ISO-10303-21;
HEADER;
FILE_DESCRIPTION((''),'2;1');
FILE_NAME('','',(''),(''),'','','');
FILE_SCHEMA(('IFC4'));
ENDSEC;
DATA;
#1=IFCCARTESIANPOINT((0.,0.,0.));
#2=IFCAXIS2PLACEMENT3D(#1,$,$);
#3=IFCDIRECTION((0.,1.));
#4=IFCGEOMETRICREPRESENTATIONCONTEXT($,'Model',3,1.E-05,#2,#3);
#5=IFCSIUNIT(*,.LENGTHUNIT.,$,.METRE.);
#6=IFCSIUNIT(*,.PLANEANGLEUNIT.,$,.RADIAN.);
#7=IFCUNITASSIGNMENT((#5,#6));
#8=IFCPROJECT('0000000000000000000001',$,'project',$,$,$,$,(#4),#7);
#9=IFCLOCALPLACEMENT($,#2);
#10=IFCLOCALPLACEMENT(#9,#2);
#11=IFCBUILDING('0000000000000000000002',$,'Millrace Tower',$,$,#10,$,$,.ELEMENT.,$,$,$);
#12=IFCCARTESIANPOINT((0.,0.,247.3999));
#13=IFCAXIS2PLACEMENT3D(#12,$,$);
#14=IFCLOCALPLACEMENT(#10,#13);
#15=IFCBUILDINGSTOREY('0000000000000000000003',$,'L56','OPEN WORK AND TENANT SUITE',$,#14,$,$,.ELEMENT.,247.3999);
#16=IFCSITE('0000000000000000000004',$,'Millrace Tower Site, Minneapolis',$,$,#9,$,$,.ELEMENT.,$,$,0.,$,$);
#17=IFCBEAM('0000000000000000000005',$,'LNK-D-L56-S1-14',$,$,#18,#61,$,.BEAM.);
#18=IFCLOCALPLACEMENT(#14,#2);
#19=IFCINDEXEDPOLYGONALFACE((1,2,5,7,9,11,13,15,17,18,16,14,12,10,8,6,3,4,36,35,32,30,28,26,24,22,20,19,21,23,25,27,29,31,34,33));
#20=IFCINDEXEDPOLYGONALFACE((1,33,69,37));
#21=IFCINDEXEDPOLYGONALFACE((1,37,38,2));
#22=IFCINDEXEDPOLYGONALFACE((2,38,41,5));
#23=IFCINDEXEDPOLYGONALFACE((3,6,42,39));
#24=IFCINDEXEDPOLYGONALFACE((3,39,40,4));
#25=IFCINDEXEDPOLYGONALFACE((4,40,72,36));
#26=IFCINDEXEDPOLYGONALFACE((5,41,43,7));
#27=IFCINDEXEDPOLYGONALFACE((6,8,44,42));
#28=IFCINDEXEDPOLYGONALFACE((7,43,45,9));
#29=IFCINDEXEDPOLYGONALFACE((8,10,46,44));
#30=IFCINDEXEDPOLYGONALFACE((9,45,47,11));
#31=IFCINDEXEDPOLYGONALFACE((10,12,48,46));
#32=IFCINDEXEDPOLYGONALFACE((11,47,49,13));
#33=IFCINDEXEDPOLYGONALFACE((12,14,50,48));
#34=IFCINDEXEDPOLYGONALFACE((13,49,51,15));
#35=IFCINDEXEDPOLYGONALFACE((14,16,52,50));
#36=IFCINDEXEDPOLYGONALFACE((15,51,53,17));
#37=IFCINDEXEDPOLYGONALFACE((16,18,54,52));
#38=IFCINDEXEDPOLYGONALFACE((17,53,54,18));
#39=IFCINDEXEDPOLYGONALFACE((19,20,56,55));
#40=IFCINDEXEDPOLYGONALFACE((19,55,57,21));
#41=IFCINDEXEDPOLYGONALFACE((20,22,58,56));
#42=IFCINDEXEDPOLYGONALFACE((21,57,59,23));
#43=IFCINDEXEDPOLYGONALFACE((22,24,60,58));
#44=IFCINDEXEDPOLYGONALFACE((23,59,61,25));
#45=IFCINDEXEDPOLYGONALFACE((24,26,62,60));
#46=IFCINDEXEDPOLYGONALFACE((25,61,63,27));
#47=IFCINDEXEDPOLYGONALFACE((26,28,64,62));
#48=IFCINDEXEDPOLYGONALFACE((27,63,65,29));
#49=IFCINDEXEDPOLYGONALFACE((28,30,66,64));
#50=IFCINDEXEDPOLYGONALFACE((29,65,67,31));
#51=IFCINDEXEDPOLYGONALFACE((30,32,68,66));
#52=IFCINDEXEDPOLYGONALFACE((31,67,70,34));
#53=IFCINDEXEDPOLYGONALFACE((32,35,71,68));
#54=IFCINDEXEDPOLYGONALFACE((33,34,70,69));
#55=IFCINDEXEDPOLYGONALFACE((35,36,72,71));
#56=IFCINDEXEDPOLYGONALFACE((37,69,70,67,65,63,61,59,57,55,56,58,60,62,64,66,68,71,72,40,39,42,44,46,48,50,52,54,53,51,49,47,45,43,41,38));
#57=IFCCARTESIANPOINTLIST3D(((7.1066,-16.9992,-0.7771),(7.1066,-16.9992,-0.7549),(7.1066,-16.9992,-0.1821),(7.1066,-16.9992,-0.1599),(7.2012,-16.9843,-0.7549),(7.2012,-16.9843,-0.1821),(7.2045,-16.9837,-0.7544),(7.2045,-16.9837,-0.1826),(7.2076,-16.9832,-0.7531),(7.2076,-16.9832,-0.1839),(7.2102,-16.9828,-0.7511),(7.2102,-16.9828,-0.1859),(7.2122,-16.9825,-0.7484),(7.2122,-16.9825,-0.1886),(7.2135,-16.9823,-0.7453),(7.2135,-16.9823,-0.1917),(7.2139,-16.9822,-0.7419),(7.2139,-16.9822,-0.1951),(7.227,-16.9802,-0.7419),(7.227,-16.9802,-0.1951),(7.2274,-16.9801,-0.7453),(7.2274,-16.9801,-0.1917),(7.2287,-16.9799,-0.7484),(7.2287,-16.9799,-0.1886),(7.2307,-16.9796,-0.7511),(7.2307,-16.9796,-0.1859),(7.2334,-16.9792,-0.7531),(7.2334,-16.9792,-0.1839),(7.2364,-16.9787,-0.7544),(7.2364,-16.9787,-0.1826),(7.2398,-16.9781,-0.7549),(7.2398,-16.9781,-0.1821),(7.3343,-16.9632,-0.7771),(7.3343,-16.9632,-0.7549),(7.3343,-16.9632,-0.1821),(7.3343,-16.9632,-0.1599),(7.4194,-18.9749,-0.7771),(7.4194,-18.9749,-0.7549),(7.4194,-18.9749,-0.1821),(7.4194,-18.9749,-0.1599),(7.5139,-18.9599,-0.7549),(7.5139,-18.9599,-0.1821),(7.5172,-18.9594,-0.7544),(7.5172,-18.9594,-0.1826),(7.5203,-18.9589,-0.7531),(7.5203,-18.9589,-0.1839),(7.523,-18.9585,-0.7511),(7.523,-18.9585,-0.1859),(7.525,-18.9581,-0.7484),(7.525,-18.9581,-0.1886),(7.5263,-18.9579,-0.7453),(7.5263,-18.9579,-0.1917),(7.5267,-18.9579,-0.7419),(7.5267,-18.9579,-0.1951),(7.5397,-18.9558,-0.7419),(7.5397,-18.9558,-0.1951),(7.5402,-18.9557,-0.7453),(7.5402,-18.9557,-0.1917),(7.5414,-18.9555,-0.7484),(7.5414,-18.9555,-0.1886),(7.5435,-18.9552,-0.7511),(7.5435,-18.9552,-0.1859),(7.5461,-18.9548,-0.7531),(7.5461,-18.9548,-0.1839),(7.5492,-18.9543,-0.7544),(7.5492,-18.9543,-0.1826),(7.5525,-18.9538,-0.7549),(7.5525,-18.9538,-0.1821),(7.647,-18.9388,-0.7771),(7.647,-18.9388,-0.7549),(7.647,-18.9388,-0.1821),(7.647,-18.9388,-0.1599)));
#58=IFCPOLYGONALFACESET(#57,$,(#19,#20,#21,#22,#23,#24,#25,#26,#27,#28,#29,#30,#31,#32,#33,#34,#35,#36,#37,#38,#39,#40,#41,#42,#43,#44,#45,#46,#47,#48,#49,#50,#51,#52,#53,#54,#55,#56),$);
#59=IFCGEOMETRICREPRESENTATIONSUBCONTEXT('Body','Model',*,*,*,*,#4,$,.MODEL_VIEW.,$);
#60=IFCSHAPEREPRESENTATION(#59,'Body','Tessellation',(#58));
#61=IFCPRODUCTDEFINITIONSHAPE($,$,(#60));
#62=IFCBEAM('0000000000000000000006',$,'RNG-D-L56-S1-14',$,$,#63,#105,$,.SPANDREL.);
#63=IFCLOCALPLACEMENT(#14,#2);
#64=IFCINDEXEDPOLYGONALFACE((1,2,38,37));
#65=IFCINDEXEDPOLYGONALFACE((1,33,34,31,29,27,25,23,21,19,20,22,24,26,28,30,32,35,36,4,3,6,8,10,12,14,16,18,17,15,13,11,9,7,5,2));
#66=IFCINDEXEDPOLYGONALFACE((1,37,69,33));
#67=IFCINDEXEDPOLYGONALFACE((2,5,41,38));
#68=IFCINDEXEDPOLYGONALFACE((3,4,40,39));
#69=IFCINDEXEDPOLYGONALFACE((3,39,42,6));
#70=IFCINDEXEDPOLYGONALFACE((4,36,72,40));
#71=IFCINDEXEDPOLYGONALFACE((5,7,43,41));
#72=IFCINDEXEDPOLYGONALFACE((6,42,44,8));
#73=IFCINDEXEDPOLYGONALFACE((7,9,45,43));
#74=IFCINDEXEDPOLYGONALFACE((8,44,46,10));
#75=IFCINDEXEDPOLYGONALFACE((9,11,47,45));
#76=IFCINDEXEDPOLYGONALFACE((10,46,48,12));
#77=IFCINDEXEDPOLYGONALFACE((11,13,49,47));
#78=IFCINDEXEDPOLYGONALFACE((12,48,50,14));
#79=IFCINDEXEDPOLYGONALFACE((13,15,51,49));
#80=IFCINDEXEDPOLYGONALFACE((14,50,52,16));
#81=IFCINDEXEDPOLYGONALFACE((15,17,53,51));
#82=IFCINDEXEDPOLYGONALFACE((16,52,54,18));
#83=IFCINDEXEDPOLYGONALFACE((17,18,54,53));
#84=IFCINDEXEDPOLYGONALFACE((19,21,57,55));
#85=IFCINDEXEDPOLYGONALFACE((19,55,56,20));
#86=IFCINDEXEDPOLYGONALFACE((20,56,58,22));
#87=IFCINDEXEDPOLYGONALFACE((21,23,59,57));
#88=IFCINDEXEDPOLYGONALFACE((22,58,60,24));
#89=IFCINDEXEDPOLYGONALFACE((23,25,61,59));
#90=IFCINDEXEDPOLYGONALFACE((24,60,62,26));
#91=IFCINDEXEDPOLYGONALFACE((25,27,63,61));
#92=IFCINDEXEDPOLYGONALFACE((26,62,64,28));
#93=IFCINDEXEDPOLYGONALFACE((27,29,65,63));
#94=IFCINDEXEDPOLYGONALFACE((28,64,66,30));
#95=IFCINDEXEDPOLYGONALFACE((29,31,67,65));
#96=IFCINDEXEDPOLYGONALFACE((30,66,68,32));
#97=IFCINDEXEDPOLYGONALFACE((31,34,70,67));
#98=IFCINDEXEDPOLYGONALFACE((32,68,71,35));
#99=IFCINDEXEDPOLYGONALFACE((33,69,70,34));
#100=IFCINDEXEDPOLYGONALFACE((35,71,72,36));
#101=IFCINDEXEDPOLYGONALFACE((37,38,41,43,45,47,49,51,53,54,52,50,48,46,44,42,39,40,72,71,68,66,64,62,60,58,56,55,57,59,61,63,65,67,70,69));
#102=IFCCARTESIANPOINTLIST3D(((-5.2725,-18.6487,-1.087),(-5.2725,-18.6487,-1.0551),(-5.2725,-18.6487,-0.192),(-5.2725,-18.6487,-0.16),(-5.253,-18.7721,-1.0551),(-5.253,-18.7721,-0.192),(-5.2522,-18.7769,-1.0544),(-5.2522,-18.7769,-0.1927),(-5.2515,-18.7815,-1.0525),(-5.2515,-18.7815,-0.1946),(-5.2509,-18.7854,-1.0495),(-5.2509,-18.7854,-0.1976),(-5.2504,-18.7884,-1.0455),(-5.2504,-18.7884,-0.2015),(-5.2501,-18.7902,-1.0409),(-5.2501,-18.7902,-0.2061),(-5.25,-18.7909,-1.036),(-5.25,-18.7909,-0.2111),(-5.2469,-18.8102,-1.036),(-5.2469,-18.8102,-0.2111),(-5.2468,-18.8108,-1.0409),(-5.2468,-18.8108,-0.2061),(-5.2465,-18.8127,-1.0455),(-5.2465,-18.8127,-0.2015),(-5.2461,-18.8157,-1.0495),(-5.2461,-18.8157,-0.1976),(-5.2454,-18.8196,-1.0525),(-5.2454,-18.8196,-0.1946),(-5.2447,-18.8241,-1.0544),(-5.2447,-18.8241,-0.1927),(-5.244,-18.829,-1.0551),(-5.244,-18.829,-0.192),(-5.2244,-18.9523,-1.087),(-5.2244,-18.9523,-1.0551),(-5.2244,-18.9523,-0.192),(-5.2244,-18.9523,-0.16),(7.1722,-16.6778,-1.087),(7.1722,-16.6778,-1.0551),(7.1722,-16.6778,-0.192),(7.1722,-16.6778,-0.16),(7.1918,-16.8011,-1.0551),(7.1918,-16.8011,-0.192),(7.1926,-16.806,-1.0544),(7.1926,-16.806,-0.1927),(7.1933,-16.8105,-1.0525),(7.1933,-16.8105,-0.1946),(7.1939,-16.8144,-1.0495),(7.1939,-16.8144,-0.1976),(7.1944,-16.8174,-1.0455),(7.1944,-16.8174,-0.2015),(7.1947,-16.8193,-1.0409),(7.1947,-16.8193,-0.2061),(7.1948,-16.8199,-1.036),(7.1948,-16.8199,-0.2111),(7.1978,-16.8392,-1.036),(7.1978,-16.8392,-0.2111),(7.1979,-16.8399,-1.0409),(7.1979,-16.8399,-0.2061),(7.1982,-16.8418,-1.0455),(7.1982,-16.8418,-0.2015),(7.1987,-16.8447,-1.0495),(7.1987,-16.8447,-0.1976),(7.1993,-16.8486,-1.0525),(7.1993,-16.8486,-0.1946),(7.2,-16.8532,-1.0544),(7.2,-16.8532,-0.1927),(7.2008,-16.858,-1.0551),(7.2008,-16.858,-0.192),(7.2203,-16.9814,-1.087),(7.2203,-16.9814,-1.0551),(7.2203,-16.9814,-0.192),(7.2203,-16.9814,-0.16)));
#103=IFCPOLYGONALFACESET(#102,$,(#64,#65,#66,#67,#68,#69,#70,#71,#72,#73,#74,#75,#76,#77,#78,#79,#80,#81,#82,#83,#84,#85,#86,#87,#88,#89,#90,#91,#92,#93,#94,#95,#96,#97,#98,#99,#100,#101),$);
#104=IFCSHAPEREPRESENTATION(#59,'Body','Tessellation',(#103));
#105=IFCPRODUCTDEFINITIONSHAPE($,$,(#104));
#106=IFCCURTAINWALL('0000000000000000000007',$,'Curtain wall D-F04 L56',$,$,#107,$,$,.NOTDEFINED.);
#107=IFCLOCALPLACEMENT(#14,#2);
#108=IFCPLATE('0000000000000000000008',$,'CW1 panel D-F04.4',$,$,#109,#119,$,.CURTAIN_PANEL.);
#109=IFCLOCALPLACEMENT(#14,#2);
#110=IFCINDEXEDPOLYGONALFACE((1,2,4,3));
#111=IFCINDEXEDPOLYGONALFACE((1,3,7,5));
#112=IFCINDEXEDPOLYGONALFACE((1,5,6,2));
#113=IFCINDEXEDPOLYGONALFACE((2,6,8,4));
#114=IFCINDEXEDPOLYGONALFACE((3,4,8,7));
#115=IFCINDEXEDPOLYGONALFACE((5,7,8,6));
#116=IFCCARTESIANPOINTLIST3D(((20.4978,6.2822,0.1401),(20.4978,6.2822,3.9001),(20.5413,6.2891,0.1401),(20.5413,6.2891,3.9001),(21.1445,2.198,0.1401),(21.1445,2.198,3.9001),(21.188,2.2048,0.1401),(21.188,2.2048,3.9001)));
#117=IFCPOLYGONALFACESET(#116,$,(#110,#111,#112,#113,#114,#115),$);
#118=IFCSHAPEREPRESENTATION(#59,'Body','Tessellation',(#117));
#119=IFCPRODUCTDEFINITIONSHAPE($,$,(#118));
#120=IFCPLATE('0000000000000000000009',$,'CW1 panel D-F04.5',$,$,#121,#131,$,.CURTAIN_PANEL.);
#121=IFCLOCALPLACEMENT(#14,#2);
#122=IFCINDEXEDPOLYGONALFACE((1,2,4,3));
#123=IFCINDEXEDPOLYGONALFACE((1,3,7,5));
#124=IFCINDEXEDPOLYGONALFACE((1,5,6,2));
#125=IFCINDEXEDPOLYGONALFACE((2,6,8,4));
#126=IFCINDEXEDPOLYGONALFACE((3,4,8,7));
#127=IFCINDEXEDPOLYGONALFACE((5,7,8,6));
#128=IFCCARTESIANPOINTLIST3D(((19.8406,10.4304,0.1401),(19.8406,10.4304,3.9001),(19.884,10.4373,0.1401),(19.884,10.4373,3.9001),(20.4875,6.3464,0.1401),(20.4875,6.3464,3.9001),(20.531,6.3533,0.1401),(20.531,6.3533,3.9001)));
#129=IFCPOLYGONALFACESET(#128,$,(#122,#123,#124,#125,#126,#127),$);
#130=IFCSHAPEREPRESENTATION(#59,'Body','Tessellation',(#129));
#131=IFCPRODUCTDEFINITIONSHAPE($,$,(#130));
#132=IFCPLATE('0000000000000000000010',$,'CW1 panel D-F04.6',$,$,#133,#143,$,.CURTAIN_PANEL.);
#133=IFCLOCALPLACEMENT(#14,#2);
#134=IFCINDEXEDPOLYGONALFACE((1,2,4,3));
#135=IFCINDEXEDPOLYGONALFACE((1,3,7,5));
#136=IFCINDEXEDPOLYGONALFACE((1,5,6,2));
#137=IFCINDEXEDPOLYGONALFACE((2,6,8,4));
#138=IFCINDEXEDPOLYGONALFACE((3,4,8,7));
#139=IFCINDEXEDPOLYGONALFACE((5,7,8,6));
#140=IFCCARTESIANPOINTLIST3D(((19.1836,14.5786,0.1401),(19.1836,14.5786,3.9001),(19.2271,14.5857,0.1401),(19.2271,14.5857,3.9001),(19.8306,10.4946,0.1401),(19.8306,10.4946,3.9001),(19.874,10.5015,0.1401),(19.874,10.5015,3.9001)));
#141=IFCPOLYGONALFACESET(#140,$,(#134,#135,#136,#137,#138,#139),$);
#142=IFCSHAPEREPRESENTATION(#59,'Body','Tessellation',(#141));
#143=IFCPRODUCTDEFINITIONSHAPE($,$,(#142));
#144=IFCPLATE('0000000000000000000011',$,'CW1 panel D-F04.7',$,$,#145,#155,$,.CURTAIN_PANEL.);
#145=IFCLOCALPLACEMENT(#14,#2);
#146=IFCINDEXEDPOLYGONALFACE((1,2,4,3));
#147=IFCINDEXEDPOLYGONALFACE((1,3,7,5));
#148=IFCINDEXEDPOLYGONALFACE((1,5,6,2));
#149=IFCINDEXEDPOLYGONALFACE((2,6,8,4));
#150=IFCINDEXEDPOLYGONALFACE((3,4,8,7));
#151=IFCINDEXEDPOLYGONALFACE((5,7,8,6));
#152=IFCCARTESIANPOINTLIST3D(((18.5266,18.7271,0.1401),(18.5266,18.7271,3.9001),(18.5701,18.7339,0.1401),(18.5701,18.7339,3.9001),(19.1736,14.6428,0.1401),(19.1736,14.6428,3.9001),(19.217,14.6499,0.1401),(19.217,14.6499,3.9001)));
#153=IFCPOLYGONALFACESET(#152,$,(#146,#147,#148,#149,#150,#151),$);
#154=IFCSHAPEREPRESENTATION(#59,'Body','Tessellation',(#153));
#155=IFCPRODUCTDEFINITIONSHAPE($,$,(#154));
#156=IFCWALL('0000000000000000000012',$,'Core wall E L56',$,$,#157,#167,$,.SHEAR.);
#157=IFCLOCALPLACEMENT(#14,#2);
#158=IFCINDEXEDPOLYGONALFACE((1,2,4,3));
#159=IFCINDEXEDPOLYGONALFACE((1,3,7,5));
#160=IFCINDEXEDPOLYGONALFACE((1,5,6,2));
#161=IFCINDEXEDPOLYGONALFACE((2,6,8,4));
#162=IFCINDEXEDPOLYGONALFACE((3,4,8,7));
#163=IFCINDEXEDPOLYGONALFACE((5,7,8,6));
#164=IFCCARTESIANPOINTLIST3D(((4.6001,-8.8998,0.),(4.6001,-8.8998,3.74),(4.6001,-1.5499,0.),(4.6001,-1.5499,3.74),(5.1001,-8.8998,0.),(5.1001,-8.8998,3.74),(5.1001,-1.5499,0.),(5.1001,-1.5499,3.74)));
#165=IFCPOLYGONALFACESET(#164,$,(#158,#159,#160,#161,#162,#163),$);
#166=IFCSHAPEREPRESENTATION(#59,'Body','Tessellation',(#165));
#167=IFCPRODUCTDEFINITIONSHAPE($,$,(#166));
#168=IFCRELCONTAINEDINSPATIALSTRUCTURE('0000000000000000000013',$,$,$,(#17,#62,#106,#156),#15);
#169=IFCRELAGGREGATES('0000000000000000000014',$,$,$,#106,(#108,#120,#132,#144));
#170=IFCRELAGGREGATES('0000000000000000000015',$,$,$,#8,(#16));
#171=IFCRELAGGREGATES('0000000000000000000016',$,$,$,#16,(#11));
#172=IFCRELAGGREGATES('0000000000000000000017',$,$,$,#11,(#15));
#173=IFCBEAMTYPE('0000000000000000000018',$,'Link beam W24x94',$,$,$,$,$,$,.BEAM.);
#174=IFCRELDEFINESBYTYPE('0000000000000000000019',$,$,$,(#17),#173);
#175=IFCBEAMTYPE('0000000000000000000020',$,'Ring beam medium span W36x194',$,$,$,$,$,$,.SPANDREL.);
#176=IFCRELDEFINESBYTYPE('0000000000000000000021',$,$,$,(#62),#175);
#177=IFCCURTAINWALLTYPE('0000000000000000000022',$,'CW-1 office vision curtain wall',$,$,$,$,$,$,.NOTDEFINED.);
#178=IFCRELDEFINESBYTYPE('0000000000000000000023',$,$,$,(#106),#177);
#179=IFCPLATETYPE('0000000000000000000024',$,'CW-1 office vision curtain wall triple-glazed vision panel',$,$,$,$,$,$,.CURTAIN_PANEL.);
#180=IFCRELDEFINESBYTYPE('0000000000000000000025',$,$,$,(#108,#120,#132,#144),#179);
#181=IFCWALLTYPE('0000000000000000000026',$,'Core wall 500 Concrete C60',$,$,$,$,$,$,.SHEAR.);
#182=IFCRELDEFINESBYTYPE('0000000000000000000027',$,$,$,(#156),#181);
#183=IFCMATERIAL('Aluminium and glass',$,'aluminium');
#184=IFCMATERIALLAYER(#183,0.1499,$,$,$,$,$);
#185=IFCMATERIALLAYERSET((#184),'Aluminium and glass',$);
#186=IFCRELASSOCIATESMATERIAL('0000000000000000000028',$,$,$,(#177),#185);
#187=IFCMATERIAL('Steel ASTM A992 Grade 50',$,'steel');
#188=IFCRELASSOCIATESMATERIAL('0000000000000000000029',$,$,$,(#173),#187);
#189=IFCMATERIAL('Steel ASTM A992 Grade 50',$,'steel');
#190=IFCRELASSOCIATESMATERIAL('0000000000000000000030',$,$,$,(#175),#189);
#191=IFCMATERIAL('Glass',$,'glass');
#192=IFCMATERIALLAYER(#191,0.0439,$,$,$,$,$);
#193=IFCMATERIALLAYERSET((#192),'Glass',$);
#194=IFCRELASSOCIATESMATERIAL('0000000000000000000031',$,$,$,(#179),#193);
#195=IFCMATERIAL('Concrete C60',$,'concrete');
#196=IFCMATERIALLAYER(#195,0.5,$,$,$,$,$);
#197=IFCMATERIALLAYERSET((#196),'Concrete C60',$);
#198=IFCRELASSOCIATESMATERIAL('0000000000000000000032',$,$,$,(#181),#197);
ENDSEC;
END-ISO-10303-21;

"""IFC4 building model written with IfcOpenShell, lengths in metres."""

from ifc_helpers import new_model, si_unit, direction, frame, frame_2d, origin, origin_2d, place, context, subcontext, project, spatial, polyline, rectangle, i_section, outline, extrude, material, layer, layer_set, material_profile, profile_set, type_object, element, aggregate, save


model = new_model("IFC4")

# Units and contexts
model_context = context("Model", 3, precision=1e-05, world=origin(), true_north=direction((0.0, 1.0)))
body_context = subcontext(model_context, "Body", "Model", "MODEL_VIEW")
ifc_project = project(units=[si_unit("LENGTHUNIT", "METRE"), si_unit("PLANEANGLEUNIT", "RADIAN")], contexts=[model_context])

# Site, building, storey
site_placement = place(None, origin())
site = spatial("IfcSite", under=ifc_project, at=site_placement, Name="Millrace Tower Site, Minneapolis", CompositionType="ELEMENT", RefElevation=0.0)
building_placement = place(site_placement, origin())
building = spatial("IfcBuilding", under=site, at=building_placement, Name="Millrace Tower", CompositionType="ELEMENT")
storey_placement = place(building_placement, frame((0.0, 0.0, 247.3999)))
storey = spatial("IfcBuildingStorey", under=building, at=storey_placement, Name="L56", Description="OPEN WORK AND TENANT SUITE", CompositionType="ELEMENT", Elevation=247.3999)

# Shared definitions
ifc_material_1 = material(Name="Aluminium and glass", Category="aluminium")
ifc_layer_1 = layer(ifc_material_1, 0.1499)
ifc_layer_set_1 = layer_set([ifc_layer_1], Name="Aluminium and glass")
curtain_wall_type = type_object("IfcCurtainWallType", Name="CW-1 office vision curtain wall", PredefinedType="NOTDEFINED", material=ifc_layer_set_1)
placement_1 = place(storey_placement, origin())

# Beams
ifc_material_2 = material(Name="Steel ASTM A992 Grade 50", Category="steel")
ifc_material_profile_1 = material_profile(ifc_material_2, i_section(OverallWidth=0.2305, OverallDepth=0.6172, WebThickness=0.0132, FlangeThickness=0.0222, FilletRadius=0.0129, at=origin_2d()))
ifc_profile_set_1 = profile_set([ifc_material_profile_1], Name="Steel ASTM A992 Grade 50")
beam_type_1 = type_object("IfcBeamType", Name="Link beam W24x94", PredefinedType="BEAM", material=ifc_profile_set_1)
beam_1_placement = place(storey_placement, frame((7.2205, -16.9812, -0.4685), z_axis=(0.156357, -0.987701, 0.0), x_axis=(0.987701, 0.156357, 0.0)))
element("IfcBeam", 1, at=beam_1_placement, inside=storey, type_object=beam_type_1, Name="LNK-D-L56-S1-14", PredefinedType="BEAM", context=body_context, shape_type="SweptSolid", body=[
    extrude(i_section(OverallWidth=0.2305, OverallDepth=0.6172, WebThickness=0.0132, FlangeThickness=0.0222, FilletRadius=0.0129, at=origin_2d()), origin(), (0.0, 0.0, 1.0), 2.0002),
])
ifc_material_3 = material(Name="Steel ASTM A992 Grade 50", Category="steel")
ifc_material_profile_2 = material_profile(ifc_material_3, i_section(OverallWidth=0.3074, OverallDepth=0.927, WebThickness=0.0195, FlangeThickness=0.032, FilletRadius=0.019, at=origin_2d()))
ifc_profile_set_2 = profile_set([ifc_material_profile_2], Name="Steel ASTM A992 Grade 50")
beam_type_2 = type_object("IfcBeamType", Name="Ring beam medium span W36x194", PredefinedType="SPANDREL", material=ifc_profile_set_2)
beam_2_placement = place(storey_placement, frame((7.1963, -16.8296, -0.6235), z_axis=(-0.98769, -0.156425, 0.0), x_axis=(0.156425, -0.98769, 0.0)))
element("IfcBeam", 2, at=beam_2_placement, inside=storey, type_object=beam_type_2, Name="RNG-D-L56-S1-14", PredefinedType="SPANDREL", context=body_context, shape_type="SweptSolid", body=[
    extrude(i_section(OverallWidth=0.3074, OverallDepth=0.927, WebThickness=0.0195, FlangeThickness=0.032, FilletRadius=0.019, at=origin_2d()), origin(), (0.0, 0.0, 1.0), 12.5999),
])

# Curtain wall, plates
curtain_wall_1 = element("IfcCurtainWall", 3, at=placement_1, inside=storey, type_object=curtain_wall_type, Name="Curtain wall D-F04 L56", PredefinedType="NOTDEFINED")
ifc_material_4 = material(Name="Glass", Category="glass")
ifc_layer_2 = layer(ifc_material_4, 0.0439)
ifc_layer_set_2 = layer_set([ifc_layer_2], Name="Glass")
plate_type = type_object("IfcPlateType", Name="CW-1 office vision curtain wall triple-glazed vision panel", PredefinedType="CURTAIN_PANEL", material=ifc_layer_set_2)
placement_2 = place(storey_placement, frame((0.0, 0.0, 0.1401)))
plate_1 = element("IfcPlate", 4, at=placement_2, type_object=plate_type, Name="CW1 panel D-F04.4", PredefinedType="CURTAIN_PANEL", context=body_context, shape_type="SweptSolid", body=[
    extrude(outline(polyline([(21.188, 2.2048), (20.5413, 6.2891), (20.4978, 6.2822), (21.1445, 2.198), (21.188, 2.2048)])), origin(), (0.0, 0.0, 1.0), 3.76),
])
plate_2 = element("IfcPlate", 5, at=placement_2, type_object=plate_type, Name="CW1 panel D-F04.5", PredefinedType="CURTAIN_PANEL", context=body_context, shape_type="SweptSolid", body=[
    extrude(outline(polyline([(20.531, 6.3533), (19.884, 10.4373), (19.8406, 10.4304), (20.4875, 6.3464), (20.531, 6.3533)])), origin(), (0.0, 0.0, 1.0), 3.76),
])
plate_3 = element("IfcPlate", 6, at=placement_2, type_object=plate_type, Name="CW1 panel D-F04.6", PredefinedType="CURTAIN_PANEL", context=body_context, shape_type="SweptSolid", body=[
    extrude(outline(polyline([(19.874, 10.5015), (19.2271, 14.5857), (19.1836, 14.5786), (19.8306, 10.4946), (19.874, 10.5015)])), origin(), (0.0, 0.0, 1.0), 3.76),
])
plate_4 = element("IfcPlate", 7, at=placement_2, type_object=plate_type, Name="CW1 panel D-F04.7", PredefinedType="CURTAIN_PANEL", context=body_context, shape_type="SweptSolid", body=[
    extrude(outline(polyline([(19.217, 14.6499), (18.5701, 18.7339), (18.5266, 18.7271), (19.1736, 14.6428), (19.217, 14.6499)])), origin(), (0.0, 0.0, 1.0), 3.76),
])
aggregate(curtain_wall_1, [plate_1, plate_2, plate_3, plate_4])

# Wall
ifc_material_5 = material(Name="Concrete C60", Category="concrete")
ifc_layer_3 = layer(ifc_material_5, 0.5)
ifc_layer_set_3 = layer_set([ifc_layer_3], Name="Concrete C60")
wall_type_1 = type_object("IfcWallType", Name="Core wall 500 Concrete C60", PredefinedType="SHEAR", material=ifc_layer_set_3)
wall_1_placement = place(storey_placement, frame((4.8501, -1.55, 0.0), z_axis=(0.0, 0.0, 1.0), x_axis=(0.0, -1.0, 0.0)))
element("IfcWall", 8, at=wall_1_placement, inside=storey, type_object=wall_type_1, Name="Core wall E L56", PredefinedType="SHEAR", context=body_context, shape_type="SweptSolid", body=[
    extrude(rectangle(XDim=7.3499, YDim=0.5, at=frame_2d((3.6748, 0.0))), origin(), (0.0, 0.0, 1.0), 3.74),
])

save(model, "model.ifc")
